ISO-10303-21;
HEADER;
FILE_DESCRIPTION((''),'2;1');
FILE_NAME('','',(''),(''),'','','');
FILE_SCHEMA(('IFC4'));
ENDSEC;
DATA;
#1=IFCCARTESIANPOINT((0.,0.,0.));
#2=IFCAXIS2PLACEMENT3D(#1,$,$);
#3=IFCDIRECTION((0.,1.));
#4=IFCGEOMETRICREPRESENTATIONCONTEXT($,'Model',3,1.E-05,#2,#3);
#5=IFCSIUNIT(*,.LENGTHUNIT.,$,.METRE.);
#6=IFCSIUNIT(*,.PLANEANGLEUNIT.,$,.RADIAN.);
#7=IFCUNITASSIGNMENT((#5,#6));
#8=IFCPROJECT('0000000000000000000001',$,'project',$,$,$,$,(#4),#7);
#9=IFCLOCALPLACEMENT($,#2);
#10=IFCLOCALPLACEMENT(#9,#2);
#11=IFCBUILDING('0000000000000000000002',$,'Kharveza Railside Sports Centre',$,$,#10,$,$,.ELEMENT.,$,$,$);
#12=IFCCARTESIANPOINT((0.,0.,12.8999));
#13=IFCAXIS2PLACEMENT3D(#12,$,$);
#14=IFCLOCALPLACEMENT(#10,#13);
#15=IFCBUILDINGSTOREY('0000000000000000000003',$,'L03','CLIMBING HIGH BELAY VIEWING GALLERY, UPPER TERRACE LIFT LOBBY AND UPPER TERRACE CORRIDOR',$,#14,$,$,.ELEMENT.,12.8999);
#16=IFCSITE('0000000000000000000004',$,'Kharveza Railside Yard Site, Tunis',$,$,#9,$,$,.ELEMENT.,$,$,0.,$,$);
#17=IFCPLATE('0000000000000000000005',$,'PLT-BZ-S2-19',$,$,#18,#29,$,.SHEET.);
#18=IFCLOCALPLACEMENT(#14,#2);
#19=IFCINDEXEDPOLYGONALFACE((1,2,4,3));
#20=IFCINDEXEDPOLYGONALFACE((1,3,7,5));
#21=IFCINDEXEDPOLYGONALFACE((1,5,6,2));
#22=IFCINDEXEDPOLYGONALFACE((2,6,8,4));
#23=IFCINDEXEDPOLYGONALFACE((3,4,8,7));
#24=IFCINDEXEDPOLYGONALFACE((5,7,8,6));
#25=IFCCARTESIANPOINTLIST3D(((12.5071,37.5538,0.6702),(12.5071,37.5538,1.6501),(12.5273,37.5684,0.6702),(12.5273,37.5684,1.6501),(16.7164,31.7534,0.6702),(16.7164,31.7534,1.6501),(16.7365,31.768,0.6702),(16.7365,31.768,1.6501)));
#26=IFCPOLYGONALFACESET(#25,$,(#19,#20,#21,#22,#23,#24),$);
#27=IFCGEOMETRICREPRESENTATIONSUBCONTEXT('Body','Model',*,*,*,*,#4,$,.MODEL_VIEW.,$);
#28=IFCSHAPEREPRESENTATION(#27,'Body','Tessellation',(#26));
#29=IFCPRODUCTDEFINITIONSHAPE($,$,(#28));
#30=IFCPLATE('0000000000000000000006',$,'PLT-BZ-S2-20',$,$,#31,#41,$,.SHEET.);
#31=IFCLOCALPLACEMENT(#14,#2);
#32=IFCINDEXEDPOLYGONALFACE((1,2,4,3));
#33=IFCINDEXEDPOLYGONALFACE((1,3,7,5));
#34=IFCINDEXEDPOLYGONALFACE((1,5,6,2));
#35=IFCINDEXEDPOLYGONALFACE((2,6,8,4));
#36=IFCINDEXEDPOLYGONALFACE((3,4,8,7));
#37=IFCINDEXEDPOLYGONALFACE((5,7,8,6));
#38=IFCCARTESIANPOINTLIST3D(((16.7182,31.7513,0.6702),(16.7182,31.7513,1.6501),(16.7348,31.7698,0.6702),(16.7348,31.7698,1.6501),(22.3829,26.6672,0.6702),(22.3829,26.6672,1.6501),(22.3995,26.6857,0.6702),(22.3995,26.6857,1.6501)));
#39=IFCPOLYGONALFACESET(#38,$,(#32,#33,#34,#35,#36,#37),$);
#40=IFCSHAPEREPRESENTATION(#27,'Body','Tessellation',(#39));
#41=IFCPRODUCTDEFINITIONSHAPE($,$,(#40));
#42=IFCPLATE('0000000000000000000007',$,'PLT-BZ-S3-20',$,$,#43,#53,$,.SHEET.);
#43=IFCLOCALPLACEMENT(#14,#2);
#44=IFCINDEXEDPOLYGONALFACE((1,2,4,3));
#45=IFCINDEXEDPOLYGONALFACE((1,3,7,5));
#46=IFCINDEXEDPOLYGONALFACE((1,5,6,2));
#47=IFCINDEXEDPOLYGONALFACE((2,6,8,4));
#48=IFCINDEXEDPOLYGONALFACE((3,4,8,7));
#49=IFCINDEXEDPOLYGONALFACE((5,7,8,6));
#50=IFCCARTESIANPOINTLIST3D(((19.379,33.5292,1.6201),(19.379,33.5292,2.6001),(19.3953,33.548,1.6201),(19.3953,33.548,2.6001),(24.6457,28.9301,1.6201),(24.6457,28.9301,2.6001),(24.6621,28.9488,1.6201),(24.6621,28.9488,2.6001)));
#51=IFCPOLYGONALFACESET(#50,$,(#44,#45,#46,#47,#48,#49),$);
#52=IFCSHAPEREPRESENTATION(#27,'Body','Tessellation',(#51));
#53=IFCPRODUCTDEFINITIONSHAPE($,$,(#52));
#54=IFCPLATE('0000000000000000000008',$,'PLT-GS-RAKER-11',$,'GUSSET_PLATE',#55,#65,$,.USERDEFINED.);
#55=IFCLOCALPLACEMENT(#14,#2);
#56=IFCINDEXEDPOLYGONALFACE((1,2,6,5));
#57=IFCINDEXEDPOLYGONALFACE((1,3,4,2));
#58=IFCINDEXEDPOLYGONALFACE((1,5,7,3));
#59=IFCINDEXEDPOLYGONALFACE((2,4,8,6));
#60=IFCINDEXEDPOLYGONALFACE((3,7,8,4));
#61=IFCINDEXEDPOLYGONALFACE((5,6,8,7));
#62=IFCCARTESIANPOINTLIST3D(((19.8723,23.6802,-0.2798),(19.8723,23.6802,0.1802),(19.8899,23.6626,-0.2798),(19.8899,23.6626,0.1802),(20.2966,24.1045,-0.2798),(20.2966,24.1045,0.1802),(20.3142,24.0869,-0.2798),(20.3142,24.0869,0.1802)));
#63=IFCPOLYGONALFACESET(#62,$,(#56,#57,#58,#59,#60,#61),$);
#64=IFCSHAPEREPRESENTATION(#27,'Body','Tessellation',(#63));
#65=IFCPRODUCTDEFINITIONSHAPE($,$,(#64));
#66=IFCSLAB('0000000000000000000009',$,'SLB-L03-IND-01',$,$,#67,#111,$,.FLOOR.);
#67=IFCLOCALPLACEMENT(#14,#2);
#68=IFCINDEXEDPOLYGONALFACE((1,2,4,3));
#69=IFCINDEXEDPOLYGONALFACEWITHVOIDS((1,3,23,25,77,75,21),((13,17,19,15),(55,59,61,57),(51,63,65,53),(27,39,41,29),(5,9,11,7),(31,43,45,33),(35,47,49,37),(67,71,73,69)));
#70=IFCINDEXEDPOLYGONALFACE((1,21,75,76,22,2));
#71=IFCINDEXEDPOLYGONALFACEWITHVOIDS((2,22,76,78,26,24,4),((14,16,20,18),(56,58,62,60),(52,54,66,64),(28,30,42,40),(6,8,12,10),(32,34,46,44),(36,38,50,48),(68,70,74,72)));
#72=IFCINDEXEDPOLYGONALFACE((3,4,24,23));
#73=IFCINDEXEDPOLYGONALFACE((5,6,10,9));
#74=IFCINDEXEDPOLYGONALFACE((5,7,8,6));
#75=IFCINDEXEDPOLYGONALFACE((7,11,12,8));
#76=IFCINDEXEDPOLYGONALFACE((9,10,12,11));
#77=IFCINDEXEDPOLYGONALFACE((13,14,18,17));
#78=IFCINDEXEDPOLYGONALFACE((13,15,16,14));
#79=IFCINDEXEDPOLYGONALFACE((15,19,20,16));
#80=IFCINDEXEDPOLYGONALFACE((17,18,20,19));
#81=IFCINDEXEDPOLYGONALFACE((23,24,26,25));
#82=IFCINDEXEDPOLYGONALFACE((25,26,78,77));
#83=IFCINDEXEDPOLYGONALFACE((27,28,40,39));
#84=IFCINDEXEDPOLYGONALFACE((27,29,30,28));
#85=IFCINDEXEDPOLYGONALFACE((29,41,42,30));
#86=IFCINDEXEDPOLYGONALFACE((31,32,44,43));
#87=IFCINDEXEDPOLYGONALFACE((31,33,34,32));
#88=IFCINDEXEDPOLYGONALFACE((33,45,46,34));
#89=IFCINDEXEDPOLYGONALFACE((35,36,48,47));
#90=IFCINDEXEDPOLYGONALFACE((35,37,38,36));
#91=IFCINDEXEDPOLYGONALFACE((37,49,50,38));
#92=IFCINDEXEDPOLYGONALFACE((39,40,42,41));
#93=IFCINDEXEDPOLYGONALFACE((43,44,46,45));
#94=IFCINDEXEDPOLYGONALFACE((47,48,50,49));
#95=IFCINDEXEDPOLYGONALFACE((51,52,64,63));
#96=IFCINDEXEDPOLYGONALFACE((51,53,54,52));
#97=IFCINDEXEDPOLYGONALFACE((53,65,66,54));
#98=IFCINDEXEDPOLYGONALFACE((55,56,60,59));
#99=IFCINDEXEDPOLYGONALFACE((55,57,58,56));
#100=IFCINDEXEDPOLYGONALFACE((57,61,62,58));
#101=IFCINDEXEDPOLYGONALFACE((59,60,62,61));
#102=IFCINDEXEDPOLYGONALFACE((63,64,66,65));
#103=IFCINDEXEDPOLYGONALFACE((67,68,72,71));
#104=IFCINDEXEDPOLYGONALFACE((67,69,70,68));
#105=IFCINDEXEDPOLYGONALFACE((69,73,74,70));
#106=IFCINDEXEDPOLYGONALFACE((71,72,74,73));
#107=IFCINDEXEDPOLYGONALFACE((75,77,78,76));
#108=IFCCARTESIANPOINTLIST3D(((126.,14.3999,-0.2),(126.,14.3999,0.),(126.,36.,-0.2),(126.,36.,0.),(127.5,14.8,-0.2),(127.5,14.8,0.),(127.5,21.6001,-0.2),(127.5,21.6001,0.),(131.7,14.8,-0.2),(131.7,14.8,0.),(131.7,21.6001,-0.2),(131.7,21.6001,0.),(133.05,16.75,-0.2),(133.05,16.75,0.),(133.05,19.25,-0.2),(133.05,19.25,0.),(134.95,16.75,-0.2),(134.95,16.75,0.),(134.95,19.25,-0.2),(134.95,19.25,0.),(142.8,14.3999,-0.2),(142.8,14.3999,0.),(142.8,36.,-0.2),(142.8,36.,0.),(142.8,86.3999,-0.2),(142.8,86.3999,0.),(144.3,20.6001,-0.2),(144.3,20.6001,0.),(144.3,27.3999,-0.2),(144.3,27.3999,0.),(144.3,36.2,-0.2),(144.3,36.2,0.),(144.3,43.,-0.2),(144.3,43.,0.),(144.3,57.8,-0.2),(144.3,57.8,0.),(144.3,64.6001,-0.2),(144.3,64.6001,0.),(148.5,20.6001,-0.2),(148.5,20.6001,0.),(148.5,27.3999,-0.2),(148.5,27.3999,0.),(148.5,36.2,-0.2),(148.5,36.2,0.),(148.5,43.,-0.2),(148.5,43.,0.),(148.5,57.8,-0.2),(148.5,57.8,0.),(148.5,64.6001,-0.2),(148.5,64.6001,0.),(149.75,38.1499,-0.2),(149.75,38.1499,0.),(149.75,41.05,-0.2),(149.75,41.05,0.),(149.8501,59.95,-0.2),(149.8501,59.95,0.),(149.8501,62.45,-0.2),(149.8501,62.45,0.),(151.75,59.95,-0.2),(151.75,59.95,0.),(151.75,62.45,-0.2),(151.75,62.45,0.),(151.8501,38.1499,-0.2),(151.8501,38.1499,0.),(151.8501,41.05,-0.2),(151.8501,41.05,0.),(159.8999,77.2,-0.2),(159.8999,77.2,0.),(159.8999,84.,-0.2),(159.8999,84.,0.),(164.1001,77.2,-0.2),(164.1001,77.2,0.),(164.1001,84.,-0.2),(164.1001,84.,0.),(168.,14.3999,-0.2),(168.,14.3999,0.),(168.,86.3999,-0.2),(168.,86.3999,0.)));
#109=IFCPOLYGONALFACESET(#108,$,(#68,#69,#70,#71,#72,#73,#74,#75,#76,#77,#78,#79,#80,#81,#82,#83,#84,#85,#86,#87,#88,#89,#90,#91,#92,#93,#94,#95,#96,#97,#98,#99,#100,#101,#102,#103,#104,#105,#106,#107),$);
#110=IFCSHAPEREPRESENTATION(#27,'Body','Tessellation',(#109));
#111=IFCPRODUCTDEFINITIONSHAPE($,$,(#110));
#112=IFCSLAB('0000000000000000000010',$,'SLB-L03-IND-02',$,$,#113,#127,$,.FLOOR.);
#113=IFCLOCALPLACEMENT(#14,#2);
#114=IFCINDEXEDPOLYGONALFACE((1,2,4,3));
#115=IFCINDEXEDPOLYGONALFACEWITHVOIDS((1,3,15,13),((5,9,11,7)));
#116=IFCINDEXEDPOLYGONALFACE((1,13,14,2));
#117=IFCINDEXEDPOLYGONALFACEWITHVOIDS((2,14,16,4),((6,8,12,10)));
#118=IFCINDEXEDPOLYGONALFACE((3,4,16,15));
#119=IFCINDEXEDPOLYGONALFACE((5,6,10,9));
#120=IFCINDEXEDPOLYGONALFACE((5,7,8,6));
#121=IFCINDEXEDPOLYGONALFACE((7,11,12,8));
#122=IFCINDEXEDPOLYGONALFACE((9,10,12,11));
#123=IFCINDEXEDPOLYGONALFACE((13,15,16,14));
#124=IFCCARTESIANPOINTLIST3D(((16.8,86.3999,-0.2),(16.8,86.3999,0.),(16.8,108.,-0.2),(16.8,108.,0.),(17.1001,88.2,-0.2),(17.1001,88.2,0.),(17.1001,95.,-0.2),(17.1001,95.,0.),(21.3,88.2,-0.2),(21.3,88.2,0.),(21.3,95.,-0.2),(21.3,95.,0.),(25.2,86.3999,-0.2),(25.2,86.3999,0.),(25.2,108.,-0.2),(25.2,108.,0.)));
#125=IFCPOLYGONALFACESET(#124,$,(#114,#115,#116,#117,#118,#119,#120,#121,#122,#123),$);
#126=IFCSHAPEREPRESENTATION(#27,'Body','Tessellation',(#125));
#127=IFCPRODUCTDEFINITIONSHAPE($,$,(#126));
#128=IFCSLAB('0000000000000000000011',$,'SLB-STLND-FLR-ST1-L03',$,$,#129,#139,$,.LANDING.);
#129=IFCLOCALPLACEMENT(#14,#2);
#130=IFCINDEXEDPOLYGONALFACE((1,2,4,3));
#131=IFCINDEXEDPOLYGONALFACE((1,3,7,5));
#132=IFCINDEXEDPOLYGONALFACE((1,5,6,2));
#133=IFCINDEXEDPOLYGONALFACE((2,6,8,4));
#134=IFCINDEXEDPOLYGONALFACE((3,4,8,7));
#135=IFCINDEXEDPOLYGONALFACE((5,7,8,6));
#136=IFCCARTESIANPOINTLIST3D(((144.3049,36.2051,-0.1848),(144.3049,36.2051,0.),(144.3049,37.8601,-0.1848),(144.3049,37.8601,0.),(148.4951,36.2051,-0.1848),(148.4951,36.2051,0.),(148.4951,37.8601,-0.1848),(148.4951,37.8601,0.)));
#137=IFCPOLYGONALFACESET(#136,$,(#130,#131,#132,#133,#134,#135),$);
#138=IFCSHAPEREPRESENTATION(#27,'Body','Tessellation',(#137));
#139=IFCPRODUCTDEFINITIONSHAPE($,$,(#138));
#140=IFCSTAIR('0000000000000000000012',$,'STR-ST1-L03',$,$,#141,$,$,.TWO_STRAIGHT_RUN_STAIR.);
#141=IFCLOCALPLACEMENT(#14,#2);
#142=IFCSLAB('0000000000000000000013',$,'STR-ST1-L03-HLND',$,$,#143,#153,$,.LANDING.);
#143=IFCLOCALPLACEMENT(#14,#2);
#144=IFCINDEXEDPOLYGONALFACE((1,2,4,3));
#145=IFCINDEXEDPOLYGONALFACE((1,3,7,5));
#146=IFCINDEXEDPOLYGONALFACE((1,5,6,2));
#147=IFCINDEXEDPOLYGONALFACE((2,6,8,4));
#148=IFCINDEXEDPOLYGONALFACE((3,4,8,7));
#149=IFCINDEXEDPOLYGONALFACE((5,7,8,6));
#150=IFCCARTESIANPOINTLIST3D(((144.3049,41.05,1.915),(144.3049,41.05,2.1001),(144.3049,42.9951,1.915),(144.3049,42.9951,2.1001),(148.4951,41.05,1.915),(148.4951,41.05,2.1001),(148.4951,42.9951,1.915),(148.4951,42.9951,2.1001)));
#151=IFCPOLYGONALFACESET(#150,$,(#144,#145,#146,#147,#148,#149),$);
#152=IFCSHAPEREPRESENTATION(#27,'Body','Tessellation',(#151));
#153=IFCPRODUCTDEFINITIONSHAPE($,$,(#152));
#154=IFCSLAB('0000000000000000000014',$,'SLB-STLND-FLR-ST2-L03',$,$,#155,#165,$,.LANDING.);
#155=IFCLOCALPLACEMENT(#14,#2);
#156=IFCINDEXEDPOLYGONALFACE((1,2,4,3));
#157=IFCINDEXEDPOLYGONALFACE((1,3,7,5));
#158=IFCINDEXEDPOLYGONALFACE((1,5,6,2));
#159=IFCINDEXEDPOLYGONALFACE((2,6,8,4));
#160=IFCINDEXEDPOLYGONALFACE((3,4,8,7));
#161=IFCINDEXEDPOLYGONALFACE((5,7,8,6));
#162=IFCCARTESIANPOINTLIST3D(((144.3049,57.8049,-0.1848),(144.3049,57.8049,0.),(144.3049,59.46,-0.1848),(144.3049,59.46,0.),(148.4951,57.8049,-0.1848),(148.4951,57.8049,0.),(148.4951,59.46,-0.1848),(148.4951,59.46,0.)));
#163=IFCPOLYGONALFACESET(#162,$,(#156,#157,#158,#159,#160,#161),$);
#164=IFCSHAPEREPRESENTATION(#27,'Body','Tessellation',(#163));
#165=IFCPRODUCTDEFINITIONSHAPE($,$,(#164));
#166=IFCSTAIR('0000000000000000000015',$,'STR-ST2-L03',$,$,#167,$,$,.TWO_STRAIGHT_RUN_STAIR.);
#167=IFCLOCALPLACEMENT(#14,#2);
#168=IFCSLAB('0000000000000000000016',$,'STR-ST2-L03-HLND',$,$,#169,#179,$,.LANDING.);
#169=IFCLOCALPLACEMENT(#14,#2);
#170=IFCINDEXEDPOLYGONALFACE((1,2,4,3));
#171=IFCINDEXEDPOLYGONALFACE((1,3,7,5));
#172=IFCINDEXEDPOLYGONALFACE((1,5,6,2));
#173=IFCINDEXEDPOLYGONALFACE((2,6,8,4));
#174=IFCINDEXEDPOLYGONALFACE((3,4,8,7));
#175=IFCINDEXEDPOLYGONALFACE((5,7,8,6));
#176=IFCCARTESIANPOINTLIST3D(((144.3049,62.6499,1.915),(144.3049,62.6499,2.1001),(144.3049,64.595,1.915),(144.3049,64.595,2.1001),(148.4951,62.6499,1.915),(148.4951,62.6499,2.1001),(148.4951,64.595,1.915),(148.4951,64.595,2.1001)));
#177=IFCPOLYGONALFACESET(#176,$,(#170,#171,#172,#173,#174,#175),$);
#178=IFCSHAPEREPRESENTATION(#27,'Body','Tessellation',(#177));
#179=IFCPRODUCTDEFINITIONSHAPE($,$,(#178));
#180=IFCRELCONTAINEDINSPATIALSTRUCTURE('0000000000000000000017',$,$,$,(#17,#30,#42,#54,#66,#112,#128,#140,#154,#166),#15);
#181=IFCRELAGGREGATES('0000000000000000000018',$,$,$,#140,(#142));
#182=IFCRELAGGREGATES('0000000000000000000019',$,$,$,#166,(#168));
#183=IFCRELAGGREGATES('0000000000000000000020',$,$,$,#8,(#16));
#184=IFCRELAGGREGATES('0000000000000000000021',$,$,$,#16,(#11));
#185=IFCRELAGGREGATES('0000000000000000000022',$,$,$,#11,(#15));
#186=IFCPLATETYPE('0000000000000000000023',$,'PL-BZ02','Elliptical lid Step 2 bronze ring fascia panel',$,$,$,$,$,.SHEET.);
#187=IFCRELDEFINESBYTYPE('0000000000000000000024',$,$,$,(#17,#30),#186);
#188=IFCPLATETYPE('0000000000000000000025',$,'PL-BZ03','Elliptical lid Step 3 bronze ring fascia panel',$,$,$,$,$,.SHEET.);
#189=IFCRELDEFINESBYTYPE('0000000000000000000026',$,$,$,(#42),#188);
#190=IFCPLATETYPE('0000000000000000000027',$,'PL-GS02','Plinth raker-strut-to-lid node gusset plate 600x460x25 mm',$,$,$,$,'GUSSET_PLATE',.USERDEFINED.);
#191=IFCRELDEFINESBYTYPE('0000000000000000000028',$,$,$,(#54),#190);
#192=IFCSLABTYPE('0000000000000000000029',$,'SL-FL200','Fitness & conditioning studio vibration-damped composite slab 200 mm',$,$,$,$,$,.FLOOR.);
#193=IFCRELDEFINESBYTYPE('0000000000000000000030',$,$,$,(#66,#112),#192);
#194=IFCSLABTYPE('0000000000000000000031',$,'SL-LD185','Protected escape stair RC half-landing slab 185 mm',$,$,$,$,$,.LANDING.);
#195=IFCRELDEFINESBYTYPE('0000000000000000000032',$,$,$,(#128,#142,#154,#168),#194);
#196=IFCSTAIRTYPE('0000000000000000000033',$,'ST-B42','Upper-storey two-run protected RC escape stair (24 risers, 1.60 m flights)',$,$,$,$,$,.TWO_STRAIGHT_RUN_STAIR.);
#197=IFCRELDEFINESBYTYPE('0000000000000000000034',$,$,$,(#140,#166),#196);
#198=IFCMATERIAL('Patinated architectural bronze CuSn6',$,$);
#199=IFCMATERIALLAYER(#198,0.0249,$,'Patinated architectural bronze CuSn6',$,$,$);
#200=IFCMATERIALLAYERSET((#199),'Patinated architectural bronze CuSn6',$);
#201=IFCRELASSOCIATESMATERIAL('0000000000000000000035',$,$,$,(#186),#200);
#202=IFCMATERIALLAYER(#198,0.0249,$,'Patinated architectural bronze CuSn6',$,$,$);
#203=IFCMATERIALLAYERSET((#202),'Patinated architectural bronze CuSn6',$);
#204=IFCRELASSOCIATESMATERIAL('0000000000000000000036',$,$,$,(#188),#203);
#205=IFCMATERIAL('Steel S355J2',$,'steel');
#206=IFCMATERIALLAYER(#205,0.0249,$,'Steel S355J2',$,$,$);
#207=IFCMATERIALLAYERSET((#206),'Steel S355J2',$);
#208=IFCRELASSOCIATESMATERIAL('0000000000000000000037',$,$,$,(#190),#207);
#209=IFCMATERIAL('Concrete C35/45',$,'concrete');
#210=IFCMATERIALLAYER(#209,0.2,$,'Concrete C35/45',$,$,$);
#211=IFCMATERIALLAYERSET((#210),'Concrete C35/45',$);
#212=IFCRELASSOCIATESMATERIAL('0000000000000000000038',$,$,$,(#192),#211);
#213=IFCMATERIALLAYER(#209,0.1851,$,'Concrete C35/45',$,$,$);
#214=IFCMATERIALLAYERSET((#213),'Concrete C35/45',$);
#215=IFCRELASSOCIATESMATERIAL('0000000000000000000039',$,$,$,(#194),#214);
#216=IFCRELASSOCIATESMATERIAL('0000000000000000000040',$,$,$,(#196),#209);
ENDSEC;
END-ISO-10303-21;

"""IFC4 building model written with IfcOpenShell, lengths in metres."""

from ifc_helpers import new_model, si_unit, direction, frame, origin, origin_2d, place, context, subcontext, project, spatial, polyline, rectangle, outline, extrude, material, layer, layer_set, type_object, element, aggregate, save


model = new_model("IFC4")

# Units and contexts
model_context = context("Model", 3, precision=1e-05, world=origin(), true_north=direction((0.0, 1.0)))
body_context = subcontext(model_context, "Body", "Model", "MODEL_VIEW")
ifc_project = project(units=[si_unit("LENGTHUNIT", "METRE"), si_unit("PLANEANGLEUNIT", "RADIAN")], contexts=[model_context])

# Site, building, storey
site_placement = place(None, origin())
site = spatial("IfcSite", under=ifc_project, at=site_placement, Name="Kharveza Railside Yard Site, Tunis", CompositionType="ELEMENT", RefElevation=0.0)
building_placement = place(site_placement, origin())
building = spatial("IfcBuilding", under=site, at=building_placement, Name="Kharveza Railside Sports Centre", CompositionType="ELEMENT")
storey_placement = place(building_placement, frame((0.0, 0.0, 12.8999)))
storey = spatial("IfcBuildingStorey", under=building, at=storey_placement, Name="L03", Description="CLIMBING HIGH BELAY VIEWING GALLERY, UPPER TERRACE LIFT LOBBY AND UPPER TERRACE CORRIDOR", CompositionType="ELEMENT", Elevation=12.8999)

# Shared definitions
ifc_material_1 = material(Name="Steel S355J2", Category="steel")

# Plates
ifc_material_2 = material(Name="Patinated architectural bronze CuSn6")
ifc_layer_1 = layer(ifc_material_2, 0.0249, Name="Patinated architectural bronze CuSn6")
ifc_layer_set_1 = layer_set([ifc_layer_1], Name="Patinated architectural bronze CuSn6")
plate_type_1 = type_object("IfcPlateType", Name="PL-BZ02", Description="Elliptical lid Step 2 bronze ring fascia panel", PredefinedType="SHEET", material=ifc_layer_set_1)
plate_1_placement = place(storey_placement, frame((14.6218, 34.6609, 0.6702), z_axis=(0.0, 0.0, 1.0), x_axis=(0.587333, -0.809345, 0.0)))
element("IfcPlate", 1, at=plate_1_placement, inside=storey, type_object=plate_type_1, Name="PLT-BZ-S2-19", PredefinedType="SHEET", context=body_context, shape_type="SweptSolid", body=[
    extrude(rectangle(XDim=7.1667, YDim=0.0249, at=origin_2d()), origin(), (0.0, 0.0, 1.0), 0.98),
])
plate_2_placement = place(storey_placement, frame((19.5588, 29.2185, 0.6702), z_axis=(0.0, 0.0, 1.0), x_axis=(0.744218, -0.667936, 0.0)))
element("IfcPlate", 2, at=plate_2_placement, inside=storey, type_object=plate_type_1, Name="PLT-BZ-S2-20", PredefinedType="SHEET", context=body_context, shape_type="SweptSolid", body=[
    extrude(rectangle(XDim=7.6116, YDim=0.0249, at=origin_2d()), origin(), (0.0, 0.0, 1.0), 0.98),
])
ifc_layer_2 = layer(ifc_material_2, 0.0249, Name="Patinated architectural bronze CuSn6")
ifc_layer_set_2 = layer_set([ifc_layer_2], Name="Patinated architectural bronze CuSn6")
plate_type_2 = type_object("IfcPlateType", Name="PL-BZ03", Description="Elliptical lid Step 3 bronze ring fascia panel", PredefinedType="SHEET", material=ifc_layer_set_2)
plate_3_placement = place(storey_placement, frame((22.0205, 31.239, 1.6201), z_axis=(0.0, 0.0, 1.0), x_axis=(0.753231, -0.657757, 0.0)))
element("IfcPlate", 3, at=plate_3_placement, inside=storey, type_object=plate_type_2, Name="PLT-BZ-S3-20", PredefinedType="SHEET", context=body_context, shape_type="SweptSolid", body=[
    extrude(rectangle(XDim=6.9922, YDim=0.0249, at=origin_2d()), origin(), (0.0, 0.0, 1.0), 0.98),
])
ifc_layer_3 = layer(ifc_material_1, 0.0249, Name="Steel S355J2")
ifc_layer_set_3 = layer_set([ifc_layer_3], Name="Steel S355J2")
plate_type_3 = type_object("IfcPlateType", Name="PL-GS02", Description="Plinth raker-strut-to-lid node gusset plate 600x460x25 mm", ElementType="GUSSET_PLATE", PredefinedType="USERDEFINED", material=ifc_layer_set_3)
plate_4_placement = place(storey_placement, frame((20.0933, 23.8835, -0.2798), z_axis=(0.0, 0.0, 1.0), x_axis=(-0.707107, -0.707107, 0.0)))
element("IfcPlate", 4, at=plate_4_placement, inside=storey, type_object=plate_type_3, Name="PLT-GS-RAKER-11", ObjectType="GUSSET_PLATE", PredefinedType="USERDEFINED", context=body_context, shape_type="SweptSolid", body=[
    extrude(rectangle(XDim=0.6001, YDim=0.0249, at=origin_2d()), origin(), (0.0, 0.0, 1.0), 0.46),
])

# Slabs
ifc_material_3 = material(Name="Concrete C35/45", Category="concrete")
ifc_layer_4 = layer(ifc_material_3, 0.2, Name="Concrete C35/45")
ifc_layer_set_4 = layer_set([ifc_layer_4], Name="Concrete C35/45")
slab_type_1 = type_object("IfcSlabType", Name="SL-FL200", Description="Fitness & conditioning studio vibration-damped composite slab 200 mm", PredefinedType="FLOOR", material=ifc_layer_set_4)
slab_1_placement = place(storey_placement, frame((0.0, 0.0, -0.2)))
element("IfcSlab", 5, at=slab_1_placement, inside=storey, type_object=slab_type_1, Name="SLB-L03-IND-01", PredefinedType="FLOOR", context=body_context, shape_type="SweptSolid", body=[
    extrude(outline(polyline([(142.8, 36.0), (142.8, 86.3999), (168.0, 86.3999), (168.0, 14.3999), (142.8, 14.3999), (126.0, 14.3999), (126.0, 36.0), (142.8, 36.0)]), holes=[polyline([(148.5, 36.2), (148.5, 43.0), (144.3, 43.0), (144.3, 36.2), (148.5, 36.2)]), polyline([(144.3, 57.8), (148.5, 57.8), (148.5, 64.6001), (144.3, 64.6001), (144.3, 57.8)]), polyline([(127.5, 21.6001), (127.5, 14.8), (131.7, 14.8), (131.7, 21.6001), (127.5, 21.6001)]), polyline([(164.1001, 84.0), (159.8999, 84.0), (159.8999, 77.2), (164.1001, 77.2), (164.1001, 84.0)]), polyline([(148.5, 20.6001), (148.5, 27.3999), (144.3, 27.3999), (144.3, 20.6001), (148.5, 20.6001)]), polyline([(149.75, 41.05), (149.75, 38.1499), (151.8501, 38.1499), (151.8501, 41.05), (149.75, 41.05)]), polyline([(151.75, 62.45), (149.8501, 62.45), (149.8501, 59.95), (151.75, 59.95), (151.75, 62.45)]), polyline([(134.95, 16.75), (134.95, 19.25), (133.05, 19.25), (133.05, 16.75), (134.95, 16.75)])]), origin(), (0.0, 0.0, 1.0), 0.2),
])
slab_2_placement = place(storey_placement, frame((0.0, 0.0, -0.2)))
element("IfcSlab", 6, at=slab_2_placement, inside=storey, type_object=slab_type_1, Name="SLB-L03-IND-02", PredefinedType="FLOOR", context=body_context, shape_type="SweptSolid", body=[
    extrude(outline(polyline([(25.2, 86.3999), (16.8, 86.3999), (16.8, 108.0), (25.2, 108.0), (25.2, 86.3999)]), holes=[polyline([(17.1001, 88.2), (21.3, 88.2), (21.3, 95.0), (17.1001, 95.0), (17.1001, 88.2)])]), origin(), (0.0, 0.0, 1.0), 0.2),
])
ifc_layer_5 = layer(ifc_material_3, 0.1851, Name="Concrete C35/45")
ifc_layer_set_5 = layer_set([ifc_layer_5], Name="Concrete C35/45")
slab_type_2 = type_object("IfcSlabType", Name="SL-LD185", Description="Protected escape stair RC half-landing slab 185 mm", PredefinedType="LANDING", material=ifc_layer_set_5)
slab_3_placement = place(storey_placement, frame((0.0, 0.0, -0.1848)))
element("IfcSlab", 7, at=slab_3_placement, inside=storey, type_object=slab_type_2, Name="SLB-STLND-FLR-ST1-L03", PredefinedType="LANDING", context=body_context, shape_type="SweptSolid", body=[
    extrude(outline(polyline([(144.3049, 36.2051), (148.4951, 36.2051), (148.4951, 37.8601), (144.3049, 37.8601), (144.3049, 36.2051)])), origin(), (0.0, 0.0, 1.0), 0.1848),
])

# Stair, slab
stair_type = type_object("IfcStairType", Name="ST-B42", Description="Upper-storey two-run protected RC escape stair (24 risers, 1.60 m flights)", PredefinedType="TWO_STRAIGHT_RUN_STAIR", material=ifc_material_3)
stair_1_placement = place(storey_placement, origin())
stair_1 = element("IfcStair", 8, at=stair_1_placement, inside=storey, type_object=stair_type, Name="STR-ST1-L03", PredefinedType="TWO_STRAIGHT_RUN_STAIR")
slab_4_placement = place(storey_placement, frame((0.0, 0.0, 1.915)))
slab_4 = element("IfcSlab", 9, at=slab_4_placement, type_object=slab_type_2, Name="STR-ST1-L03-HLND", PredefinedType="LANDING", context=body_context, shape_type="SweptSolid", body=[
    extrude(outline(polyline([(144.3049, 41.05), (148.4951, 41.05), (148.4951, 42.9951), (144.3049, 42.9951), (144.3049, 41.05)])), origin(), (0.0, 0.0, 1.0), 0.1851),
])
aggregate(stair_1, [slab_4])

# Slab
slab_5_placement = place(storey_placement, frame((0.0, 0.0, -0.1848)))
element("IfcSlab", 10, at=slab_5_placement, inside=storey, type_object=slab_type_2, Name="SLB-STLND-FLR-ST2-L03", PredefinedType="LANDING", context=body_context, shape_type="SweptSolid", body=[
    extrude(outline(polyline([(144.3049, 57.8049), (148.4951, 57.8049), (148.4951, 59.46), (144.3049, 59.46), (144.3049, 57.8049)])), origin(), (0.0, 0.0, 1.0), 0.1848),
])

# Stair, slab
stair_2_placement = place(storey_placement, origin())
stair_2 = element("IfcStair", 11, at=stair_2_placement, inside=storey, type_object=stair_type, Name="STR-ST2-L03", PredefinedType="TWO_STRAIGHT_RUN_STAIR")
slab_6_placement = place(storey_placement, frame((0.0, 0.0, 1.915)))
slab_6 = element("IfcSlab", 12, at=slab_6_placement, type_object=slab_type_2, Name="STR-ST2-L03-HLND", PredefinedType="LANDING", context=body_context, shape_type="SweptSolid", body=[
    extrude(outline(polyline([(144.3049, 62.6499), (148.4951, 62.6499), (148.4951, 64.595), (144.3049, 64.595), (144.3049, 62.6499)])), origin(), (0.0, 0.0, 1.0), 0.1851),
])
aggregate(stair_2, [slab_6])

save(model, "model.ifc")
